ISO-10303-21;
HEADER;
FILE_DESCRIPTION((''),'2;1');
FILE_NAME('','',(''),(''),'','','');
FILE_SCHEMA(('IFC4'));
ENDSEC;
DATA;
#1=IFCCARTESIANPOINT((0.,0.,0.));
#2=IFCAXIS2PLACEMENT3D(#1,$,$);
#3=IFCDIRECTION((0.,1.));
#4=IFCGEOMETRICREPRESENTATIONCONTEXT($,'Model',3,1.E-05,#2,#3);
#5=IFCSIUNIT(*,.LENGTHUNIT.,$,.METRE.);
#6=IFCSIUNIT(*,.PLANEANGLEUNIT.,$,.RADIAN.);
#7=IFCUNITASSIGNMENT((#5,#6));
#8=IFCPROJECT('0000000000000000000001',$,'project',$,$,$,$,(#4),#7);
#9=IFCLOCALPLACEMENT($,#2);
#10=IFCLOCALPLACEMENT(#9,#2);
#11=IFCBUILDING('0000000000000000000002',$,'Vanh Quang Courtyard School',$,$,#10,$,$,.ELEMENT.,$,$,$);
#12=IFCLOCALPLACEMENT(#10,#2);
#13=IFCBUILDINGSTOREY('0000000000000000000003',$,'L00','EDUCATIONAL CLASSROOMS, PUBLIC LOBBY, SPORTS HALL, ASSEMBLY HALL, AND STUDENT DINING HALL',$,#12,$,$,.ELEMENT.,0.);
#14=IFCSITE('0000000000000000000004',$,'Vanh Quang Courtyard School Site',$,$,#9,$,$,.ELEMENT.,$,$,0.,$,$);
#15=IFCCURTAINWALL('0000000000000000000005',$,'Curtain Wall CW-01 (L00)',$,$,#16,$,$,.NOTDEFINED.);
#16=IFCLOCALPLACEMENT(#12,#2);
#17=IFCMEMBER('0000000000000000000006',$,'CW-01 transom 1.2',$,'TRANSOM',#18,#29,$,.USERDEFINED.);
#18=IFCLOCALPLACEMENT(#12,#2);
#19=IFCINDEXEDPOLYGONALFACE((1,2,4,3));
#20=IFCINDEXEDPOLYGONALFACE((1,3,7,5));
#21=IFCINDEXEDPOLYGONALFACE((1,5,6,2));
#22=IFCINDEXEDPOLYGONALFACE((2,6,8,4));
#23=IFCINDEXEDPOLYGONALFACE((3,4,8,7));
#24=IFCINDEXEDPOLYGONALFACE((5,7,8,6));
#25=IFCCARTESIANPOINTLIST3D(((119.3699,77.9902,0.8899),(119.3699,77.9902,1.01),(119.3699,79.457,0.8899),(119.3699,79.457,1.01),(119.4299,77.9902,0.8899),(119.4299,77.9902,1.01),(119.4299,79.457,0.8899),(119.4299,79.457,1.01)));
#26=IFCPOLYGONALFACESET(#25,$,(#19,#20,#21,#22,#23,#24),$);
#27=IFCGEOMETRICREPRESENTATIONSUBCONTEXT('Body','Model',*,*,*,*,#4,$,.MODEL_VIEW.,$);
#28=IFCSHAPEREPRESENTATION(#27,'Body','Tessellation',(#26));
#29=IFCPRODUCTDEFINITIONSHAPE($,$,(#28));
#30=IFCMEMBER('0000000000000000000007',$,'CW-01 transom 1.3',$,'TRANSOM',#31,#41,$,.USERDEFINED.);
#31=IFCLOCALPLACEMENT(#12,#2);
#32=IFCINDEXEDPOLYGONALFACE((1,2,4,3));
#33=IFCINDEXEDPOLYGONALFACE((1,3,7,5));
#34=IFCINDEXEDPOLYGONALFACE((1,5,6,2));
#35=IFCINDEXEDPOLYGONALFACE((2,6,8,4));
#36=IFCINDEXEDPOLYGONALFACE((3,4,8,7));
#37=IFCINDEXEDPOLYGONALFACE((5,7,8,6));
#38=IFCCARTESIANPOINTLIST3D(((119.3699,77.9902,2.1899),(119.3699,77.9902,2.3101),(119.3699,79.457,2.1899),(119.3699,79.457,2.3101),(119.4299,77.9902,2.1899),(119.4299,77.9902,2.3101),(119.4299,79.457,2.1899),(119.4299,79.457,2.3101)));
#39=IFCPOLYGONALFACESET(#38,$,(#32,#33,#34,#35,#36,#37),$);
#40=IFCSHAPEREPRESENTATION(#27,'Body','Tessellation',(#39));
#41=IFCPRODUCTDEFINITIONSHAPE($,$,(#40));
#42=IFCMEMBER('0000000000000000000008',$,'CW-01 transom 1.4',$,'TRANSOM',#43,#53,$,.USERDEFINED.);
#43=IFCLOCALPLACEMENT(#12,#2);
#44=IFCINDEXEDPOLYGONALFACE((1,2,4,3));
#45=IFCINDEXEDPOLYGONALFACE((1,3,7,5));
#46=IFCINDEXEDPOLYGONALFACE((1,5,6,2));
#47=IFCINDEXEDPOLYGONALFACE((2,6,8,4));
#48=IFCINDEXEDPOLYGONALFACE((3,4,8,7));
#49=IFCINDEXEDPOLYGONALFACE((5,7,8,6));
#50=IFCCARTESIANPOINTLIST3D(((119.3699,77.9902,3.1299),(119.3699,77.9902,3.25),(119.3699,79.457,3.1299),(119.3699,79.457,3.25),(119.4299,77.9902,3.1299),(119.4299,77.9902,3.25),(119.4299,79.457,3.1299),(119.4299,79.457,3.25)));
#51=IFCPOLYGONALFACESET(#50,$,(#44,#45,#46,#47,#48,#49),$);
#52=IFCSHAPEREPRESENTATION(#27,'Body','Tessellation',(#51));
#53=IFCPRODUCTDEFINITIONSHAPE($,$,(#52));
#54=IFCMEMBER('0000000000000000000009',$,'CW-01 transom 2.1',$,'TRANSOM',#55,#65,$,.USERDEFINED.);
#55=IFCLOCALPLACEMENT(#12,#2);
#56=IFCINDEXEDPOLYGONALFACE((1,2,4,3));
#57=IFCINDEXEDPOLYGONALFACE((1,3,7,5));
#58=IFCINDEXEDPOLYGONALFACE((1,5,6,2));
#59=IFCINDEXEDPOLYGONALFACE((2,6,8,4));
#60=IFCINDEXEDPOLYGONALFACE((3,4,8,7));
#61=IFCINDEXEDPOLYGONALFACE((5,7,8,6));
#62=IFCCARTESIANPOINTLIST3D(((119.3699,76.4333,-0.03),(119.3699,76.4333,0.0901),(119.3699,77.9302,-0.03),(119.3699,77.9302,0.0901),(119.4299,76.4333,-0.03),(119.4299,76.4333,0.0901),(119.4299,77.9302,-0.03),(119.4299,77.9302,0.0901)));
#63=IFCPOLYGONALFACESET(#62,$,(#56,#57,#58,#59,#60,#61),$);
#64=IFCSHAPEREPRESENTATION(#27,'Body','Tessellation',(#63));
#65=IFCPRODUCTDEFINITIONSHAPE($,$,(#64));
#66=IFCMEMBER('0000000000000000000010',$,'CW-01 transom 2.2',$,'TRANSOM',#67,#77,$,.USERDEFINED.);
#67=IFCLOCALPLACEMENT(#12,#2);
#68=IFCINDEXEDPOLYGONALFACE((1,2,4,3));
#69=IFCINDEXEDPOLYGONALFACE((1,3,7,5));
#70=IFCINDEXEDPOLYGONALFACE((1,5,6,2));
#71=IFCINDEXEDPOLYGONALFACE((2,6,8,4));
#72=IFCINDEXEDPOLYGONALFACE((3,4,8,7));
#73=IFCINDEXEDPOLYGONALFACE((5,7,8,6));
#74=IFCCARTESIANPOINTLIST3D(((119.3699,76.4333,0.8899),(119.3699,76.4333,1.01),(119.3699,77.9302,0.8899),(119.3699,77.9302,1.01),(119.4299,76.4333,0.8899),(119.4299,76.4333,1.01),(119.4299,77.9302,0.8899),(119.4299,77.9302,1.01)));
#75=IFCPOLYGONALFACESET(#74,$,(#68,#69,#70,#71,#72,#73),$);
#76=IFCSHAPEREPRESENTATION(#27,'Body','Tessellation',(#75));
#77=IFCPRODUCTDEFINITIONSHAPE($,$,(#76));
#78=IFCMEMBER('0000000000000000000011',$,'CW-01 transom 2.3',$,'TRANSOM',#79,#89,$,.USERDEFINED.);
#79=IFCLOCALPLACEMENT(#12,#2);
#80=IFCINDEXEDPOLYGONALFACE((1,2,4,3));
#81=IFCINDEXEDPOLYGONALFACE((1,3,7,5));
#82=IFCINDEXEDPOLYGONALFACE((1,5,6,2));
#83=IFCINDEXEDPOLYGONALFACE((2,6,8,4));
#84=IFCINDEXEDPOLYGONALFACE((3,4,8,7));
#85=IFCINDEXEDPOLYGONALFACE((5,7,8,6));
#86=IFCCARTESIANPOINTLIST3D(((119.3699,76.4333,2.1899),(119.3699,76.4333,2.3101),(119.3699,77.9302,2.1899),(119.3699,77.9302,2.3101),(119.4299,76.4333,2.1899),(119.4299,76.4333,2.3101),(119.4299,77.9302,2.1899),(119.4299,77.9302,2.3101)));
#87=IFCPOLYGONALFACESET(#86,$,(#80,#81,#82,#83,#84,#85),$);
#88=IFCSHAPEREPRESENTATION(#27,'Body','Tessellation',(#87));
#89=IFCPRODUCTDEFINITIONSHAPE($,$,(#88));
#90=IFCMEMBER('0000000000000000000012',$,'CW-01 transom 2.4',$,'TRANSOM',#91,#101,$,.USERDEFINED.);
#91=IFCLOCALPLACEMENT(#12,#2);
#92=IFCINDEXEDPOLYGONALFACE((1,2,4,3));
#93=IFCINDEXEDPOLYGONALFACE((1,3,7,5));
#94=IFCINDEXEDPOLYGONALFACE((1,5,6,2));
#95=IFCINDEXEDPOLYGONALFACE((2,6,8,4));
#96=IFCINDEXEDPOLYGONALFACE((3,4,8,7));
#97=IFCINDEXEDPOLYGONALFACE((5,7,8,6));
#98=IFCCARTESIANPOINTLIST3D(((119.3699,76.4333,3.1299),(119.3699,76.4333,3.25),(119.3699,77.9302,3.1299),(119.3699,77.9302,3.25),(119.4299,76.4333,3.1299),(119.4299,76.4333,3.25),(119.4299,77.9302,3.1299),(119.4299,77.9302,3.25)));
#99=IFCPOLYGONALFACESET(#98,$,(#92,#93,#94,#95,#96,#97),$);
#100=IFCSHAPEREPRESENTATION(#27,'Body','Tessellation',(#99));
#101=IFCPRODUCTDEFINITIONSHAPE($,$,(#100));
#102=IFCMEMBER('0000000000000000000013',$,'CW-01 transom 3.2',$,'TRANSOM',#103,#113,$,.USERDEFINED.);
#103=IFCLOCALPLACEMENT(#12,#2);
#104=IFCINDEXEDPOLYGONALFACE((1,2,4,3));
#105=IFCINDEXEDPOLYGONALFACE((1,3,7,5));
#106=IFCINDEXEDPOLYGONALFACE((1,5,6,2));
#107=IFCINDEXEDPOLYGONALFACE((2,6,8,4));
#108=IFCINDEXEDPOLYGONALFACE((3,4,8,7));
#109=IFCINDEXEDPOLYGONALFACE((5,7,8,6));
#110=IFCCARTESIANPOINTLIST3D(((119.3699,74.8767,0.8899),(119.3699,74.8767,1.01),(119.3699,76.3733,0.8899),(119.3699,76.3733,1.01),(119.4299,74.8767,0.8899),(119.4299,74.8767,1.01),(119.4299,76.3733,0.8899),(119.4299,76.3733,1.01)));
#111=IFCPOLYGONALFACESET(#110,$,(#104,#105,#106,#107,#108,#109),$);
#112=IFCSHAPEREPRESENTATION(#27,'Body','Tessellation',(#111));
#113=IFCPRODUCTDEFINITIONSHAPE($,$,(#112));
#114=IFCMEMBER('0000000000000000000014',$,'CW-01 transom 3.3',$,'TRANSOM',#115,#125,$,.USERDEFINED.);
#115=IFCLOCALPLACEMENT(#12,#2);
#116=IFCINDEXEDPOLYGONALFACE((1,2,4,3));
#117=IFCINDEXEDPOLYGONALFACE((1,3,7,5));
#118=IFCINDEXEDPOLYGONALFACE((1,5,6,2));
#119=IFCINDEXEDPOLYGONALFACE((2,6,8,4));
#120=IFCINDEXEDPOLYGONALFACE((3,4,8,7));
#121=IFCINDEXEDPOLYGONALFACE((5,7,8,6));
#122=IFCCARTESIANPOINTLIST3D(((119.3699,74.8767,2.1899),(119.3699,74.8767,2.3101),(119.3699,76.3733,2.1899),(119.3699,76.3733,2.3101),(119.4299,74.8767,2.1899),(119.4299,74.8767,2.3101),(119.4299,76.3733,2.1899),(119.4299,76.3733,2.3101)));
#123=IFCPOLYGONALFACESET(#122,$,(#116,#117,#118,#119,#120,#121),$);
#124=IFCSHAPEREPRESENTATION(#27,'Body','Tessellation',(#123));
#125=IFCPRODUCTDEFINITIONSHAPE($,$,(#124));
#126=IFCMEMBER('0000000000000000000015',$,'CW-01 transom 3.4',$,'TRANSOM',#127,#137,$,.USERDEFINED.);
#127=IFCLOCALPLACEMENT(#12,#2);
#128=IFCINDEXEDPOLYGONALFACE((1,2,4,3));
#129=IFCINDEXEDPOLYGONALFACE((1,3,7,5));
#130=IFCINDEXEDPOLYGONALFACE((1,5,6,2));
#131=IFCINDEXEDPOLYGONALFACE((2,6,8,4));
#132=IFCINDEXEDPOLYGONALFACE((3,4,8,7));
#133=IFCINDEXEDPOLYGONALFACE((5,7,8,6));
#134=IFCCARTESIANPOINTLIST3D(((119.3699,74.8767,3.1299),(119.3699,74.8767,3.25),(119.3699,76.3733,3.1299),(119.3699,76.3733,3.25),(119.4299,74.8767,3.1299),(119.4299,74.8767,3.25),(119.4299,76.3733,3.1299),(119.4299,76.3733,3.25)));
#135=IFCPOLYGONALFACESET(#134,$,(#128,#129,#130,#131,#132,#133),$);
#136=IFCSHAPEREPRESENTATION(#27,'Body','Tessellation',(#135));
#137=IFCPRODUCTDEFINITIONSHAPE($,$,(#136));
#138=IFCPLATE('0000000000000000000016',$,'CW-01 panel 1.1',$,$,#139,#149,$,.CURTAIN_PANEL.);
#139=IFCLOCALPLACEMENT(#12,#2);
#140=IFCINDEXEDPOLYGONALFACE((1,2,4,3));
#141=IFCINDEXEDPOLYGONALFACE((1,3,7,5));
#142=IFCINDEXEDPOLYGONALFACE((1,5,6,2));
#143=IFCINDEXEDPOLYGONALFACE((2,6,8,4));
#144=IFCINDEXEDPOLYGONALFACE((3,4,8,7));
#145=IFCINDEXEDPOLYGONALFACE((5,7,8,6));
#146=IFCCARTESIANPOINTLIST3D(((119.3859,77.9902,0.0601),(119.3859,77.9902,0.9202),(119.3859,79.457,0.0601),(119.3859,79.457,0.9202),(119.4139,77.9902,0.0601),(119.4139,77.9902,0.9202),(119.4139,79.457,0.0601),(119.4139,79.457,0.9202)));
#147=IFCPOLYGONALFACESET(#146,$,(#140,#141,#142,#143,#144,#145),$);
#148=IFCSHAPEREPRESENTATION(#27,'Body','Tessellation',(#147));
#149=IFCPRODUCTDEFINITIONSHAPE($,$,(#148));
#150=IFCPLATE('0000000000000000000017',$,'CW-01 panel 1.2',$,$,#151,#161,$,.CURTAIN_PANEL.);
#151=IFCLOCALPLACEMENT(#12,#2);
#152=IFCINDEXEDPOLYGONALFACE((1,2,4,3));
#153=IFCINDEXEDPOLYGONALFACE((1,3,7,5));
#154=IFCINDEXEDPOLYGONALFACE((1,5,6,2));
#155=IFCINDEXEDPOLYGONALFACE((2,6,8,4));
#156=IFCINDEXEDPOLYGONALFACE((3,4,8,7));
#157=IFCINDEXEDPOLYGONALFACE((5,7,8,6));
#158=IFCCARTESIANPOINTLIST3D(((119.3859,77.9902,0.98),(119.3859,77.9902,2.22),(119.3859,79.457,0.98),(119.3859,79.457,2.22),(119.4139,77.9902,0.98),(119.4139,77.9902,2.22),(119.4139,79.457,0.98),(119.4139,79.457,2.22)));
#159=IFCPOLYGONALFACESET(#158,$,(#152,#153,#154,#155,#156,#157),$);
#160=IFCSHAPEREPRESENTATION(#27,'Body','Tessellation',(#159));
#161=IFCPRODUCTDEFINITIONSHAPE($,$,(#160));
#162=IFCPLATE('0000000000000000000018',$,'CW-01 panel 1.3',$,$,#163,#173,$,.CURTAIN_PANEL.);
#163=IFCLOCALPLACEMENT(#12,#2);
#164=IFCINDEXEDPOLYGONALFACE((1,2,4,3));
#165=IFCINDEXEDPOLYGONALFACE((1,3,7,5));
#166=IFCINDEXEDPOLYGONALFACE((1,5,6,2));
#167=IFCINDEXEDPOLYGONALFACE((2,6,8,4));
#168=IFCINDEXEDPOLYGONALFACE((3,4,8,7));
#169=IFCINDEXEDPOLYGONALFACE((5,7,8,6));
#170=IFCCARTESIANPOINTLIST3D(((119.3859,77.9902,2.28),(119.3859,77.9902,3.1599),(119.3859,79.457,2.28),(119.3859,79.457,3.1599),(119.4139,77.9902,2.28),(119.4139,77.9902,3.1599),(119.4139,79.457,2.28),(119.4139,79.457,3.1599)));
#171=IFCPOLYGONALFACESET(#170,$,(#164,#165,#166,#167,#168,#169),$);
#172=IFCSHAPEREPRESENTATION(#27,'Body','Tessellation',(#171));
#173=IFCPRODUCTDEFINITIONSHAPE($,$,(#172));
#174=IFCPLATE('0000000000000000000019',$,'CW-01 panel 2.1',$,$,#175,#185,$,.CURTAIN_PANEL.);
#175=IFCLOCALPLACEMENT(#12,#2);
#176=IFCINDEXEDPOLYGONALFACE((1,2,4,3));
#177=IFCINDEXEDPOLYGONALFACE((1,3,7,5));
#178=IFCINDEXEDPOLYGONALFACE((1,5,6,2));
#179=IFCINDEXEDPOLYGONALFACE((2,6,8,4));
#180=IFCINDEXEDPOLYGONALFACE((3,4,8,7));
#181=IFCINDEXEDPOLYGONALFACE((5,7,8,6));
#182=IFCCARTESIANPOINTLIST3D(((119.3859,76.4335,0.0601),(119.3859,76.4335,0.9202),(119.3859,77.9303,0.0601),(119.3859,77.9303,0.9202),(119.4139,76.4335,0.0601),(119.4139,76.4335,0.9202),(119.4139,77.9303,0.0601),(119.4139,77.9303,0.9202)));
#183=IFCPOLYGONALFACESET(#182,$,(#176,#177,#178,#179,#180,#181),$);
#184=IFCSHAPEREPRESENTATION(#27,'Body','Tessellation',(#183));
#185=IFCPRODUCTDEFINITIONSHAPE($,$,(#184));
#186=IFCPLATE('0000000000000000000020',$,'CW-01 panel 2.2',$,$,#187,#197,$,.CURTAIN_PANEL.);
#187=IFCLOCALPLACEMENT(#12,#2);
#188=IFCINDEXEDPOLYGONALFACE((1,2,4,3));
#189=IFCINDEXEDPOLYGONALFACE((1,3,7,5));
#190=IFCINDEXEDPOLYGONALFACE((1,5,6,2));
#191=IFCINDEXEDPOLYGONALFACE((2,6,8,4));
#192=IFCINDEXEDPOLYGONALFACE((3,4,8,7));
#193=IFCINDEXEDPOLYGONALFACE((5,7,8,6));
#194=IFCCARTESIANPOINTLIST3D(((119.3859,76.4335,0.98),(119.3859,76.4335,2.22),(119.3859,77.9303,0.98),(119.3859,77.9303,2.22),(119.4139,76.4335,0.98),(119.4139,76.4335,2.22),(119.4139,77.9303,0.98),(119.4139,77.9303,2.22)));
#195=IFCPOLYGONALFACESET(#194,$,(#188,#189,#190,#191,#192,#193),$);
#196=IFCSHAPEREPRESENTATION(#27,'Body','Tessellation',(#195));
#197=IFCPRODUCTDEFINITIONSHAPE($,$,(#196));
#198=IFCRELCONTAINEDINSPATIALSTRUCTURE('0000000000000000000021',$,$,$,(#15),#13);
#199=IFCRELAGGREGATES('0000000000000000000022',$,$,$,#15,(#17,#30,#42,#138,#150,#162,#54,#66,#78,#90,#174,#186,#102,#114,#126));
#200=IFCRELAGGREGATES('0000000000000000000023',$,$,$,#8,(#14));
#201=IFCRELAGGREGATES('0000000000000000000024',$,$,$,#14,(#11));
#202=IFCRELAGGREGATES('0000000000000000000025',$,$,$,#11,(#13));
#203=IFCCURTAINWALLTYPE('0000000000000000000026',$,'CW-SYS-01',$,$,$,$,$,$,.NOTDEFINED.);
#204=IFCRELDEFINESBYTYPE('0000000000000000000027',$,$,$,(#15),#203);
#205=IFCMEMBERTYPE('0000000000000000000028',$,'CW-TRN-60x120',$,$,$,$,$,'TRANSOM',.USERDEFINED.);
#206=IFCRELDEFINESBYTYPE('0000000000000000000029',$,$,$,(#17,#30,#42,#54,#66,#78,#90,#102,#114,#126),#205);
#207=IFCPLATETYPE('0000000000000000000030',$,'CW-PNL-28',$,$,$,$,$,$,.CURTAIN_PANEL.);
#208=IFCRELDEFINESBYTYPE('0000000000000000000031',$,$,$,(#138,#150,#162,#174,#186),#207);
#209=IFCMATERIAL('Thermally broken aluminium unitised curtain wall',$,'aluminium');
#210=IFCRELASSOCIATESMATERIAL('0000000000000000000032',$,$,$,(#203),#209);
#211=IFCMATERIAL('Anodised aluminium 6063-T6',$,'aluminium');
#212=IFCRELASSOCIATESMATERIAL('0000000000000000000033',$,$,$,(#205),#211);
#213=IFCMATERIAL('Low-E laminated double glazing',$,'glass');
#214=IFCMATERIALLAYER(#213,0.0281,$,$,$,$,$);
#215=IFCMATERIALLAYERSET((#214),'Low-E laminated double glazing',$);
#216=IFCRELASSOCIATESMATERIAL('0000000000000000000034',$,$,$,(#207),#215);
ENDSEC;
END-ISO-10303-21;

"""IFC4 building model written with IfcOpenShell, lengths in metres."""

from ifc_helpers import new_model, si_unit, direction, frame, origin, origin_2d, place, context, subcontext, project, spatial, rectangle, extrude, material, layer, layer_set, material_profile, profile_set, type_object, element, aggregate, save


model = new_model("IFC4")

# Units and contexts
model_context = context("Model", 3, precision=1e-05, world=origin(), true_north=direction((0.0, 1.0)))
body_context = subcontext(model_context, "Body", "Model", "MODEL_VIEW")
ifc_project = project(units=[si_unit("LENGTHUNIT", "METRE"), si_unit("PLANEANGLEUNIT", "RADIAN")], contexts=[model_context])

# Site, building, storey
site_placement = place(None, origin())
site = spatial("IfcSite", under=ifc_project, at=site_placement, Name="Vanh Quang Courtyard School Site", CompositionType="ELEMENT", RefElevation=0.0)
building_placement = place(site_placement, origin())
building = spatial("IfcBuilding", under=site, at=building_placement, Name="Vanh Quang Courtyard School", CompositionType="ELEMENT")
storey_placement = place(building_placement, origin())
storey = spatial("IfcBuildingStorey", under=building, at=storey_placement, Name="L00", Description="EDUCATIONAL CLASSROOMS, PUBLIC LOBBY, SPORTS HALL, ASSEMBLY HALL, AND STUDENT DINING HALL", CompositionType="ELEMENT", Elevation=0.0)

# Curtain wall, members, plates
ifc_material_1 = material(Name="Thermally broken aluminium unitised curtain wall", Category="aluminium")
curtain_wall_type = type_object("IfcCurtainWallType", Name="CW-SYS-01", PredefinedType="NOTDEFINED", material=ifc_material_1)
curtain_wall_placement = place(storey_placement, origin())
curtain_wall = element("IfcCurtainWall", 1, at=curtain_wall_placement, inside=storey, type_object=curtain_wall_type, Name="Curtain Wall CW-01 (L00)", PredefinedType="NOTDEFINED")
ifc_material_2 = material(Name="Anodised aluminium 6063-T6", Category="aluminium")
ifc_material_profile_1 = material_profile(ifc_material_2, rectangle(XDim=0.0601, YDim=0.1201, at=origin_2d()), Name="ALU-TRN 60x120")
ifc_profile_set_1 = profile_set([ifc_material_profile_1], Name="Anodised aluminium 6063-T6")
member_type_1 = type_object("IfcMemberType", Name="CW-TRN-60x120", ElementType="TRANSOM", PredefinedType="USERDEFINED", material=ifc_profile_set_1)
member_1_placement = place(storey_placement, frame((119.3999, 79.457, 0.95), z_axis=(0.0, -1.0, 0.0), x_axis=(1.0, 0.0, 0.0)))
member_1 = element("IfcMember", 2, at=member_1_placement, type_object=member_type_1, Name="CW-01 transom 1.2", ObjectType="TRANSOM", PredefinedType="USERDEFINED", context=body_context, shape_type="SweptSolid", body=[
    extrude(rectangle(XDim=0.0601, YDim=0.1201, at=origin_2d()), origin(), (0.0, 0.0, 1.0), 1.4668),
])
member_2_placement = place(storey_placement, frame((119.3999, 79.457, 2.25), z_axis=(0.0, -1.0, 0.0), x_axis=(1.0, 0.0, 0.0)))
member_2 = element("IfcMember", 3, at=member_2_placement, type_object=member_type_1, Name="CW-01 transom 1.3", ObjectType="TRANSOM", PredefinedType="USERDEFINED", context=body_context, shape_type="SweptSolid", body=[
    extrude(rectangle(XDim=0.0601, YDim=0.1201, at=origin_2d()), origin(), (0.0, 0.0, 1.0), 1.4668),
])
member_3_placement = place(storey_placement, frame((119.3999, 79.457, 3.1899), z_axis=(0.0, -1.0, 0.0), x_axis=(1.0, 0.0, 0.0)))
member_3 = element("IfcMember", 4, at=member_3_placement, type_object=member_type_1, Name="CW-01 transom 1.4", ObjectType="TRANSOM", PredefinedType="USERDEFINED", context=body_context, shape_type="SweptSolid", body=[
    extrude(rectangle(XDim=0.0601, YDim=0.1201, at=origin_2d()), origin(), (0.0, 0.0, 1.0), 1.4668),
])
member_4_placement = place(storey_placement, frame((119.3999, 77.9302, 0.03), z_axis=(0.0, -1.0, 0.0), x_axis=(1.0, 0.0, 0.0)))
member_4 = element("IfcMember", 5, at=member_4_placement, type_object=member_type_1, Name="CW-01 transom 2.1", ObjectType="TRANSOM", PredefinedType="USERDEFINED", context=body_context, shape_type="SweptSolid", body=[
    extrude(rectangle(XDim=0.0601, YDim=0.1201, at=origin_2d()), origin(), (0.0, 0.0, 1.0), 1.4968),
])
member_5_placement = place(storey_placement, frame((119.3999, 77.9302, 0.95), z_axis=(0.0, -1.0, 0.0), x_axis=(1.0, 0.0, 0.0)))
member_5 = element("IfcMember", 6, at=member_5_placement, type_object=member_type_1, Name="CW-01 transom 2.2", ObjectType="TRANSOM", PredefinedType="USERDEFINED", context=body_context, shape_type="SweptSolid", body=[
    extrude(rectangle(XDim=0.0601, YDim=0.1201, at=origin_2d()), origin(), (0.0, 0.0, 1.0), 1.4968),
])
member_6_placement = place(storey_placement, frame((119.3999, 77.9302, 2.25), z_axis=(0.0, -1.0, 0.0), x_axis=(1.0, 0.0, 0.0)))
member_6 = element("IfcMember", 7, at=member_6_placement, type_object=member_type_1, Name="CW-01 transom 2.3", ObjectType="TRANSOM", PredefinedType="USERDEFINED", context=body_context, shape_type="SweptSolid", body=[
    extrude(rectangle(XDim=0.0601, YDim=0.1201, at=origin_2d()), origin(), (0.0, 0.0, 1.0), 1.4968),
])
member_7_placement = place(storey_placement, frame((119.3999, 77.9302, 3.1899), z_axis=(0.0, -1.0, 0.0), x_axis=(1.0, 0.0, 0.0)))
member_7 = element("IfcMember", 8, at=member_7_placement, type_object=member_type_1, Name="CW-01 transom 2.4", ObjectType="TRANSOM", PredefinedType="USERDEFINED", context=body_context, shape_type="SweptSolid", body=[
    extrude(rectangle(XDim=0.0601, YDim=0.1201, at=origin_2d()), origin(), (0.0, 0.0, 1.0), 1.4968),
])
member_8_placement = place(storey_placement, frame((119.3999, 76.3733, 0.95), z_axis=(0.0, -1.0, 0.0), x_axis=(1.0, 0.0, 0.0)))
member_8 = element("IfcMember", 9, at=member_8_placement, type_object=member_type_1, Name="CW-01 transom 3.2", ObjectType="TRANSOM", PredefinedType="USERDEFINED", context=body_context, shape_type="SweptSolid", body=[
    extrude(rectangle(XDim=0.0601, YDim=0.1201, at=origin_2d()), origin(), (0.0, 0.0, 1.0), 1.4966),
])
member_9_placement = place(storey_placement, frame((119.3999, 76.3733, 2.25), z_axis=(0.0, -1.0, 0.0), x_axis=(1.0, 0.0, 0.0)))
member_9 = element("IfcMember", 10, at=member_9_placement, type_object=member_type_1, Name="CW-01 transom 3.3", ObjectType="TRANSOM", PredefinedType="USERDEFINED", context=body_context, shape_type="SweptSolid", body=[
    extrude(rectangle(XDim=0.0601, YDim=0.1201, at=origin_2d()), origin(), (0.0, 0.0, 1.0), 1.4966),
])
member_10_placement = place(storey_placement, frame((119.3999, 76.3733, 3.1899), z_axis=(0.0, -1.0, 0.0), x_axis=(1.0, 0.0, 0.0)))
member_10 = element("IfcMember", 11, at=member_10_placement, type_object=member_type_1, Name="CW-01 transom 3.4", ObjectType="TRANSOM", PredefinedType="USERDEFINED", context=body_context, shape_type="SweptSolid", body=[
    extrude(rectangle(XDim=0.0601, YDim=0.1201, at=origin_2d()), origin(), (0.0, 0.0, 1.0), 1.4966),
])
ifc_material_3 = material(Name="Low-E laminated double glazing", Category="glass")
ifc_layer_1 = layer(ifc_material_3, 0.0281)
ifc_layer_set_1 = layer_set([ifc_layer_1], Name="Low-E laminated double glazing")
plate_type = type_object("IfcPlateType", Name="CW-PNL-28", PredefinedType="CURTAIN_PANEL", material=ifc_layer_set_1)
plate_1_placement = place(storey_placement, frame((119.3999, 78.7236, 0.0601), z_axis=(0.0, 0.0, 1.0), x_axis=(0.0, -1.0, 0.0)))
plate_1 = element("IfcPlate", 12, at=plate_1_placement, type_object=plate_type, Name="CW-01 panel 1.1", PredefinedType="CURTAIN_PANEL", context=body_context, shape_type="SweptSolid", body=[
    extrude(rectangle(XDim=1.4668, YDim=0.0281, at=origin_2d()), origin(), (0.0, 0.0, 1.0), 0.8601),
])
plate_2_placement = place(storey_placement, frame((119.3999, 78.7236, 0.98), z_axis=(0.0, 0.0, 1.0), x_axis=(0.0, -1.0, 0.0)))
plate_2 = element("IfcPlate", 13, at=plate_2_placement, type_object=plate_type, Name="CW-01 panel 1.2", PredefinedType="CURTAIN_PANEL", context=body_context, shape_type="SweptSolid", body=[
    extrude(rectangle(XDim=1.4668, YDim=0.0281, at=origin_2d()), origin(), (0.0, 0.0, 1.0), 1.24),
])
plate_3_placement = place(storey_placement, frame((119.3999, 78.7236, 2.28), z_axis=(0.0, 0.0, 1.0), x_axis=(0.0, -1.0, 0.0)))
plate_3 = element("IfcPlate", 14, at=plate_3_placement, type_object=plate_type, Name="CW-01 panel 1.3", PredefinedType="CURTAIN_PANEL", context=body_context, shape_type="SweptSolid", body=[
    extrude(rectangle(XDim=1.4668, YDim=0.0281, at=origin_2d()), origin(), (0.0, 0.0, 1.0), 0.8799),
])
plate_4_placement = place(storey_placement, frame((119.3999, 77.1819, 0.0601), z_axis=(0.0, 0.0, 1.0), x_axis=(0.0, -1.0, 0.0)))
plate_4 = element("IfcPlate", 15, at=plate_4_placement, type_object=plate_type, Name="CW-01 panel 2.1", PredefinedType="CURTAIN_PANEL", context=body_context, shape_type="SweptSolid", body=[
    extrude(rectangle(XDim=1.4968, YDim=0.0281, at=origin_2d()), origin(), (0.0, 0.0, 1.0), 0.8601),
])
plate_5_placement = place(storey_placement, frame((119.3999, 77.1819, 0.98), z_axis=(0.0, 0.0, 1.0), x_axis=(0.0, -1.0, 0.0)))
plate_5 = element("IfcPlate", 16, at=plate_5_placement, type_object=plate_type, Name="CW-01 panel 2.2", PredefinedType="CURTAIN_PANEL", context=body_context, shape_type="SweptSolid", body=[
    extrude(rectangle(XDim=1.4968, YDim=0.0281, at=origin_2d()), origin(), (0.0, 0.0, 1.0), 1.24),
])
aggregate(curtain_wall, [member_1, member_2, member_3, plate_1, plate_2, plate_3, member_4, member_5, member_6, member_7, plate_4, plate_5, member_8, member_9, member_10])

save(model, "model.ifc")
